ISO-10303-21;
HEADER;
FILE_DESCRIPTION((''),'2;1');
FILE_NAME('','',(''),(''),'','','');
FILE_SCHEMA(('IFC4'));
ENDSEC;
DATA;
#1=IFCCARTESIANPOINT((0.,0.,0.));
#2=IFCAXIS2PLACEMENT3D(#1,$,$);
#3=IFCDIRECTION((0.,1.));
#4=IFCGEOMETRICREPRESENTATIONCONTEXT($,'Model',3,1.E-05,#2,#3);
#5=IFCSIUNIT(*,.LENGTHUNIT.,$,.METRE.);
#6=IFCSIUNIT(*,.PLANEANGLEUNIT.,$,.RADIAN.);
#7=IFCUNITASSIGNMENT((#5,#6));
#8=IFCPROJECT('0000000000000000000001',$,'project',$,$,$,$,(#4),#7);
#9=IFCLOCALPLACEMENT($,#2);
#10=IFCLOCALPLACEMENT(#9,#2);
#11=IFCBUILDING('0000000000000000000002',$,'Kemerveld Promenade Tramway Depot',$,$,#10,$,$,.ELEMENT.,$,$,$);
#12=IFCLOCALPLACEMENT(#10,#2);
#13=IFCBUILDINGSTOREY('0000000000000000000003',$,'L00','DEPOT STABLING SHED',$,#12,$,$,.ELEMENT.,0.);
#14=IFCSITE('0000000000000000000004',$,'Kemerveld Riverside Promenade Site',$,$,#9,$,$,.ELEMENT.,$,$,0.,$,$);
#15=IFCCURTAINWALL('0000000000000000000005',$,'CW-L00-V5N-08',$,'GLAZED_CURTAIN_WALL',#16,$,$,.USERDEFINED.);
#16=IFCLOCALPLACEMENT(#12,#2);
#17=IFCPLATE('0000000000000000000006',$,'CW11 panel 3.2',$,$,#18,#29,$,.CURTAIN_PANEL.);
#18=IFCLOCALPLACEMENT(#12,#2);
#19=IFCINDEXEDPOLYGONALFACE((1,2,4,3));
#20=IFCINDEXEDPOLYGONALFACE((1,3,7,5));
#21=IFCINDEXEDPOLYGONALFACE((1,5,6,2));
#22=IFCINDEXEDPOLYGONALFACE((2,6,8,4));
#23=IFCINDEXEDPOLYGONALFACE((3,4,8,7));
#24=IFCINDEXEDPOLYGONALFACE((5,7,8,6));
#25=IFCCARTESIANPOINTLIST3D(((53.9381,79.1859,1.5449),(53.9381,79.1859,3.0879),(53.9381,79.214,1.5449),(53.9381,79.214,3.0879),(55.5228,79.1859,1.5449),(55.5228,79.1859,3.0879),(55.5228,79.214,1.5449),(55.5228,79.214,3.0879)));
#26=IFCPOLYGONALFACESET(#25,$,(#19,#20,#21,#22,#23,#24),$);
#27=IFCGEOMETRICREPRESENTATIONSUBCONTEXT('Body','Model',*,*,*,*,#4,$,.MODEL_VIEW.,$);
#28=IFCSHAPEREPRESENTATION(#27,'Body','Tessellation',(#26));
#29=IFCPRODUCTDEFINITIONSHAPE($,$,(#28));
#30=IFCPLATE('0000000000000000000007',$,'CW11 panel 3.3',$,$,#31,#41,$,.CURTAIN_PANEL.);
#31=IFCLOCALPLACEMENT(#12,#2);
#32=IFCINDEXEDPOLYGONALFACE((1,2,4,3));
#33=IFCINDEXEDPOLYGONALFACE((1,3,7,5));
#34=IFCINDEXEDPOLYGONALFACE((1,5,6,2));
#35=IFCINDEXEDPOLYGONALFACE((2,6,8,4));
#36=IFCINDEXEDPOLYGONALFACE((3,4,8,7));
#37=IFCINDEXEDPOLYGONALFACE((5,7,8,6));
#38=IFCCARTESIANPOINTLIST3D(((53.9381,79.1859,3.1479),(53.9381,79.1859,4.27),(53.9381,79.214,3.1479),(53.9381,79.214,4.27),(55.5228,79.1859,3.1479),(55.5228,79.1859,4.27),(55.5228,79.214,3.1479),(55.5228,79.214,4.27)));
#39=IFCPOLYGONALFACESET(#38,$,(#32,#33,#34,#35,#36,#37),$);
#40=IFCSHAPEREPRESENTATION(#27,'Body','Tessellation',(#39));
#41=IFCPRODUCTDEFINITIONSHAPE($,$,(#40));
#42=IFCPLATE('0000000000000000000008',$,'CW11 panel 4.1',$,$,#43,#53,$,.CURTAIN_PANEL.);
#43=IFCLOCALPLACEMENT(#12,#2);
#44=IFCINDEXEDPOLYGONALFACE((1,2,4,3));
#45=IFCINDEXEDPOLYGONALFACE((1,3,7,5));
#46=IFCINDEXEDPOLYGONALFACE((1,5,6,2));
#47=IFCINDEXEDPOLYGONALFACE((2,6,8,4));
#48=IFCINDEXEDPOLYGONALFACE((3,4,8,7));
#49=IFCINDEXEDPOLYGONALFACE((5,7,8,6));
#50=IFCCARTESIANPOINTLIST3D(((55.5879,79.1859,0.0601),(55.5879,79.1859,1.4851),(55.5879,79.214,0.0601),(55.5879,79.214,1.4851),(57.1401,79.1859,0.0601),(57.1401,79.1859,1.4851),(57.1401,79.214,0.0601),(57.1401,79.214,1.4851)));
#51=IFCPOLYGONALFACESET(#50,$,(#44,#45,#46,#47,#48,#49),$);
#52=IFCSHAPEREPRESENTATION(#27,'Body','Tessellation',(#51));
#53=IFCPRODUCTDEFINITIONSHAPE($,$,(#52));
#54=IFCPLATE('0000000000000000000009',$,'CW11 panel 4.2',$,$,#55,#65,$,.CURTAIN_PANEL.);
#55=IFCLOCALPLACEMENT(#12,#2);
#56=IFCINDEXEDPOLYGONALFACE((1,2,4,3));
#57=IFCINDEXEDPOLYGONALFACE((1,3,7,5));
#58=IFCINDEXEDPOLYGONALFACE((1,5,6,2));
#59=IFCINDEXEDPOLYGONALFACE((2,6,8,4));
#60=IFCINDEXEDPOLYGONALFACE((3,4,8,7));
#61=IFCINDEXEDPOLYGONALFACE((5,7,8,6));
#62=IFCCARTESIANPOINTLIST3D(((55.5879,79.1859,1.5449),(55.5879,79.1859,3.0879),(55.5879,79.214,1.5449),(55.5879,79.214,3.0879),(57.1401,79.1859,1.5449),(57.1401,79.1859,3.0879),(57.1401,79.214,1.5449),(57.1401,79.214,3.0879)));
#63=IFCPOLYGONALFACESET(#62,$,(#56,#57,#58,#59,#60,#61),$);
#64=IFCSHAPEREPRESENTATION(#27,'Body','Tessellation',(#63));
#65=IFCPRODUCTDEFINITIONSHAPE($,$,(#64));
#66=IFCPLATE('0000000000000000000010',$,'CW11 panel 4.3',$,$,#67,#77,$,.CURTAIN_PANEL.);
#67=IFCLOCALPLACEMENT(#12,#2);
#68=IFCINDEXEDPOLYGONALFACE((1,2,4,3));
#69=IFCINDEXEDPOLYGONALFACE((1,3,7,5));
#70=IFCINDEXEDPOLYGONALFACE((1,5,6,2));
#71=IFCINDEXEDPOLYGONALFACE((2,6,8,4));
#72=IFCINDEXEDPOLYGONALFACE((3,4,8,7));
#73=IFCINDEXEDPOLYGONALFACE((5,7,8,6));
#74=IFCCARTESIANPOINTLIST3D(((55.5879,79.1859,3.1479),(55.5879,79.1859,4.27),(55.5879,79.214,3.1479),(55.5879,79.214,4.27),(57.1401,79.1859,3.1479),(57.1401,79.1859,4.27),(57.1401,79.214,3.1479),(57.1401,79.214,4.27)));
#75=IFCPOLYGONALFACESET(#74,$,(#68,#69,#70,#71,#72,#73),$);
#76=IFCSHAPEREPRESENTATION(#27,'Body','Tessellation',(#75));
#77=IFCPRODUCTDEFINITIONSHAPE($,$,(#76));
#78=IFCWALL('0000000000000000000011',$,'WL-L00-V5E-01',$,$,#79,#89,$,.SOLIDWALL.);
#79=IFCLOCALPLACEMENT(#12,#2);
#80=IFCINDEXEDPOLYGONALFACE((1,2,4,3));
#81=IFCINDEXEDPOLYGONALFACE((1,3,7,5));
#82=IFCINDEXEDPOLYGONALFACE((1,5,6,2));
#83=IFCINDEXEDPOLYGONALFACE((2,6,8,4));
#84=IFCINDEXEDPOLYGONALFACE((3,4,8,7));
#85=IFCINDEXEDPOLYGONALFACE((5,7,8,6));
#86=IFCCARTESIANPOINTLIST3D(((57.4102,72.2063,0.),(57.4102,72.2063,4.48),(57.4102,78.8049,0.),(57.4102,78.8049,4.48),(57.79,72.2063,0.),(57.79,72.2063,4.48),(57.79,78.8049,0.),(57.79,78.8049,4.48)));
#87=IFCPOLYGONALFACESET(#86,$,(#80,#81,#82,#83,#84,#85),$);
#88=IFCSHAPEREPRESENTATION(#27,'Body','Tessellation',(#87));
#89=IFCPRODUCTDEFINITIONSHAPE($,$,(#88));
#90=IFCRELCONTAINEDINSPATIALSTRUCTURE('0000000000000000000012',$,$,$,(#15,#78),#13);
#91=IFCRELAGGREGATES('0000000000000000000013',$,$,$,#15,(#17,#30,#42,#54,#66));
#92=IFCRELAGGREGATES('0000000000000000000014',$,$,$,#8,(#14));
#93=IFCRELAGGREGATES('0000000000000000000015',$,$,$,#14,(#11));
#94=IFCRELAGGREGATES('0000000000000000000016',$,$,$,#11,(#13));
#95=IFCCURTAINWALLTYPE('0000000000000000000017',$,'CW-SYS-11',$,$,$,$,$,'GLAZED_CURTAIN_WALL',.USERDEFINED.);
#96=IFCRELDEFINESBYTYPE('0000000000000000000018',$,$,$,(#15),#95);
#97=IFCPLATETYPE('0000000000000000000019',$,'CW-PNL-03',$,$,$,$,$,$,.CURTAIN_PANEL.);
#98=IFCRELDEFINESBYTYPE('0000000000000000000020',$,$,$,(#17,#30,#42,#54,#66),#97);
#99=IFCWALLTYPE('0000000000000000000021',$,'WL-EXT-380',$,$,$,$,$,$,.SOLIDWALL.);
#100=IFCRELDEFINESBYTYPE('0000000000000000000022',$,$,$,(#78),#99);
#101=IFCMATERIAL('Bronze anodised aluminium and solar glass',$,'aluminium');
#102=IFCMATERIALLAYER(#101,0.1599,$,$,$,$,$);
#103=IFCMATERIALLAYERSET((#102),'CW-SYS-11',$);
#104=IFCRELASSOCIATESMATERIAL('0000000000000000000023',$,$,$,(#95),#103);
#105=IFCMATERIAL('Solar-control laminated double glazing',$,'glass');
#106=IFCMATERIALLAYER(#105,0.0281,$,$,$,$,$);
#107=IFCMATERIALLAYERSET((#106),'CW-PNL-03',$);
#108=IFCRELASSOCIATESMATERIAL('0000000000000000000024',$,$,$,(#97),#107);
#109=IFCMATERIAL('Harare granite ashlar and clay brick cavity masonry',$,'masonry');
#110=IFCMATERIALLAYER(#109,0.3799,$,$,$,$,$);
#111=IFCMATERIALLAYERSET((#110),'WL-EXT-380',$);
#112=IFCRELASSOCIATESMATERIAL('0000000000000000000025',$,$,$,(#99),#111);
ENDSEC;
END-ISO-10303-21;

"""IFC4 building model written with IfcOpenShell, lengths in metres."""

from ifc_helpers import new_model, si_unit, direction, frame, frame_2d, origin, origin_2d, place, context, subcontext, project, spatial, rectangle, extrude, material, layer, layer_set, type_object, element, aggregate, save


model = new_model("IFC4")

# Units and contexts
model_context = context("Model", 3, precision=1e-05, world=origin(), true_north=direction((0.0, 1.0)))
body_context = subcontext(model_context, "Body", "Model", "MODEL_VIEW")
ifc_project = project(units=[si_unit("LENGTHUNIT", "METRE"), si_unit("PLANEANGLEUNIT", "RADIAN")], contexts=[model_context])

# Site, building, storey
site_placement = place(None, origin())
site = spatial("IfcSite", under=ifc_project, at=site_placement, Name="Kemerveld Riverside Promenade Site", CompositionType="ELEMENT", RefElevation=0.0)
building_placement = place(site_placement, origin())
building = spatial("IfcBuilding", under=site, at=building_placement, Name="Kemerveld Promenade Tramway Depot", CompositionType="ELEMENT")
storey_placement = place(building_placement, origin())
storey = spatial("IfcBuildingStorey", under=building, at=storey_placement, Name="L00", Description="DEPOT STABLING SHED", CompositionType="ELEMENT", Elevation=0.0)

# Curtain wall, plates
ifc_material_1 = material(Name="Bronze anodised aluminium and solar glass", Category="aluminium")
ifc_layer_1 = layer(ifc_material_1, 0.1599)
ifc_layer_set_1 = layer_set([ifc_layer_1], Name="CW-SYS-11")
curtain_wall_type = type_object("IfcCurtainWallType", Name="CW-SYS-11", ElementType="GLAZED_CURTAIN_WALL", PredefinedType="USERDEFINED", material=ifc_layer_set_1)
curtain_wall_placement = place(storey_placement, origin())
curtain_wall = element("IfcCurtainWall", 1, at=curtain_wall_placement, inside=storey, type_object=curtain_wall_type, Name="CW-L00-V5N-08", ObjectType="GLAZED_CURTAIN_WALL", PredefinedType="USERDEFINED")
ifc_material_2 = material(Name="Solar-control laminated double glazing", Category="glass")
ifc_layer_2 = layer(ifc_material_2, 0.0281)
ifc_layer_set_2 = layer_set([ifc_layer_2], Name="CW-PNL-03")
plate_type = type_object("IfcPlateType", Name="CW-PNL-03", PredefinedType="CURTAIN_PANEL", material=ifc_layer_set_2)
plate_1_placement = place(storey_placement, frame((54.7305, 79.2, 1.5449), z_axis=(0.0, 0.0, 1.0), x_axis=(1.0, 0.0, 0.0)))
plate_1 = element("IfcPlate", 2, at=plate_1_placement, type_object=plate_type, Name="CW11 panel 3.2", PredefinedType="CURTAIN_PANEL", context=body_context, shape_type="SweptSolid", body=[
    extrude(rectangle(XDim=1.5847, YDim=0.0281, at=origin_2d()), origin(), (0.0, 0.0, 1.0), 1.543),
])
plate_2_placement = place(storey_placement, frame((54.7305, 79.2, 3.1479), z_axis=(0.0, 0.0, 1.0), x_axis=(1.0, 0.0, 0.0)))
plate_2 = element("IfcPlate", 3, at=plate_2_placement, type_object=plate_type, Name="CW11 panel 3.3", PredefinedType="CURTAIN_PANEL", context=body_context, shape_type="SweptSolid", body=[
    extrude(rectangle(XDim=1.5847, YDim=0.0281, at=origin_2d()), origin(), (0.0, 0.0, 1.0), 1.1221),
])
plate_3_placement = place(storey_placement, frame((56.364, 79.2, 0.0601), z_axis=(0.0, 0.0, 1.0), x_axis=(1.0, 0.0, 0.0)))
plate_3 = element("IfcPlate", 4, at=plate_3_placement, type_object=plate_type, Name="CW11 panel 4.1", PredefinedType="CURTAIN_PANEL", context=body_context, shape_type="SweptSolid", body=[
    extrude(rectangle(XDim=1.5522, YDim=0.0281, at=origin_2d()), origin(), (0.0, 0.0, 1.0), 1.425),
])
plate_4_placement = place(storey_placement, frame((56.364, 79.2, 1.5449), z_axis=(0.0, 0.0, 1.0), x_axis=(1.0, 0.0, 0.0)))
plate_4 = element("IfcPlate", 5, at=plate_4_placement, type_object=plate_type, Name="CW11 panel 4.2", PredefinedType="CURTAIN_PANEL", context=body_context, shape_type="SweptSolid", body=[
    extrude(rectangle(XDim=1.5522, YDim=0.0281, at=origin_2d()), origin(), (0.0, 0.0, 1.0), 1.543),
])
plate_5_placement = place(storey_placement, frame((56.364, 79.2, 3.1479), z_axis=(0.0, 0.0, 1.0), x_axis=(1.0, 0.0, 0.0)))
plate_5 = element("IfcPlate", 6, at=plate_5_placement, type_object=plate_type, Name="CW11 panel 4.3", PredefinedType="CURTAIN_PANEL", context=body_context, shape_type="SweptSolid", body=[
    extrude(rectangle(XDim=1.5522, YDim=0.0281, at=origin_2d()), origin(), (0.0, 0.0, 1.0), 1.1221),
])
aggregate(curtain_wall, [plate_1, plate_2, plate_3, plate_4, plate_5])

# Wall
ifc_material_3 = material(Name="Harare granite ashlar and clay brick cavity masonry", Category="masonry")
ifc_layer_3 = layer(ifc_material_3, 0.3799)
ifc_layer_set_3 = layer_set([ifc_layer_3], Name="WL-EXT-380")
wall_type = type_object("IfcWallType", Name="WL-EXT-380", PredefinedType="SOLIDWALL", material=ifc_layer_set_3)
wall_placement = place(storey_placement, frame((57.6001, 78.8049, 0.0), z_axis=(0.0, 0.0, 1.0), x_axis=(0.0, -1.0, 0.0)))
element("IfcWall", 7, at=wall_placement, inside=storey, type_object=wall_type, Name="WL-L00-V5E-01", PredefinedType="SOLIDWALL", context=body_context, shape_type="SweptSolid", body=[
    extrude(rectangle(XDim=6.5986, YDim=0.3799, at=frame_2d((3.2993, 0.0))), origin(), (0.0, 0.0, 1.0), 4.48),
])

save(model, "model.ifc")
